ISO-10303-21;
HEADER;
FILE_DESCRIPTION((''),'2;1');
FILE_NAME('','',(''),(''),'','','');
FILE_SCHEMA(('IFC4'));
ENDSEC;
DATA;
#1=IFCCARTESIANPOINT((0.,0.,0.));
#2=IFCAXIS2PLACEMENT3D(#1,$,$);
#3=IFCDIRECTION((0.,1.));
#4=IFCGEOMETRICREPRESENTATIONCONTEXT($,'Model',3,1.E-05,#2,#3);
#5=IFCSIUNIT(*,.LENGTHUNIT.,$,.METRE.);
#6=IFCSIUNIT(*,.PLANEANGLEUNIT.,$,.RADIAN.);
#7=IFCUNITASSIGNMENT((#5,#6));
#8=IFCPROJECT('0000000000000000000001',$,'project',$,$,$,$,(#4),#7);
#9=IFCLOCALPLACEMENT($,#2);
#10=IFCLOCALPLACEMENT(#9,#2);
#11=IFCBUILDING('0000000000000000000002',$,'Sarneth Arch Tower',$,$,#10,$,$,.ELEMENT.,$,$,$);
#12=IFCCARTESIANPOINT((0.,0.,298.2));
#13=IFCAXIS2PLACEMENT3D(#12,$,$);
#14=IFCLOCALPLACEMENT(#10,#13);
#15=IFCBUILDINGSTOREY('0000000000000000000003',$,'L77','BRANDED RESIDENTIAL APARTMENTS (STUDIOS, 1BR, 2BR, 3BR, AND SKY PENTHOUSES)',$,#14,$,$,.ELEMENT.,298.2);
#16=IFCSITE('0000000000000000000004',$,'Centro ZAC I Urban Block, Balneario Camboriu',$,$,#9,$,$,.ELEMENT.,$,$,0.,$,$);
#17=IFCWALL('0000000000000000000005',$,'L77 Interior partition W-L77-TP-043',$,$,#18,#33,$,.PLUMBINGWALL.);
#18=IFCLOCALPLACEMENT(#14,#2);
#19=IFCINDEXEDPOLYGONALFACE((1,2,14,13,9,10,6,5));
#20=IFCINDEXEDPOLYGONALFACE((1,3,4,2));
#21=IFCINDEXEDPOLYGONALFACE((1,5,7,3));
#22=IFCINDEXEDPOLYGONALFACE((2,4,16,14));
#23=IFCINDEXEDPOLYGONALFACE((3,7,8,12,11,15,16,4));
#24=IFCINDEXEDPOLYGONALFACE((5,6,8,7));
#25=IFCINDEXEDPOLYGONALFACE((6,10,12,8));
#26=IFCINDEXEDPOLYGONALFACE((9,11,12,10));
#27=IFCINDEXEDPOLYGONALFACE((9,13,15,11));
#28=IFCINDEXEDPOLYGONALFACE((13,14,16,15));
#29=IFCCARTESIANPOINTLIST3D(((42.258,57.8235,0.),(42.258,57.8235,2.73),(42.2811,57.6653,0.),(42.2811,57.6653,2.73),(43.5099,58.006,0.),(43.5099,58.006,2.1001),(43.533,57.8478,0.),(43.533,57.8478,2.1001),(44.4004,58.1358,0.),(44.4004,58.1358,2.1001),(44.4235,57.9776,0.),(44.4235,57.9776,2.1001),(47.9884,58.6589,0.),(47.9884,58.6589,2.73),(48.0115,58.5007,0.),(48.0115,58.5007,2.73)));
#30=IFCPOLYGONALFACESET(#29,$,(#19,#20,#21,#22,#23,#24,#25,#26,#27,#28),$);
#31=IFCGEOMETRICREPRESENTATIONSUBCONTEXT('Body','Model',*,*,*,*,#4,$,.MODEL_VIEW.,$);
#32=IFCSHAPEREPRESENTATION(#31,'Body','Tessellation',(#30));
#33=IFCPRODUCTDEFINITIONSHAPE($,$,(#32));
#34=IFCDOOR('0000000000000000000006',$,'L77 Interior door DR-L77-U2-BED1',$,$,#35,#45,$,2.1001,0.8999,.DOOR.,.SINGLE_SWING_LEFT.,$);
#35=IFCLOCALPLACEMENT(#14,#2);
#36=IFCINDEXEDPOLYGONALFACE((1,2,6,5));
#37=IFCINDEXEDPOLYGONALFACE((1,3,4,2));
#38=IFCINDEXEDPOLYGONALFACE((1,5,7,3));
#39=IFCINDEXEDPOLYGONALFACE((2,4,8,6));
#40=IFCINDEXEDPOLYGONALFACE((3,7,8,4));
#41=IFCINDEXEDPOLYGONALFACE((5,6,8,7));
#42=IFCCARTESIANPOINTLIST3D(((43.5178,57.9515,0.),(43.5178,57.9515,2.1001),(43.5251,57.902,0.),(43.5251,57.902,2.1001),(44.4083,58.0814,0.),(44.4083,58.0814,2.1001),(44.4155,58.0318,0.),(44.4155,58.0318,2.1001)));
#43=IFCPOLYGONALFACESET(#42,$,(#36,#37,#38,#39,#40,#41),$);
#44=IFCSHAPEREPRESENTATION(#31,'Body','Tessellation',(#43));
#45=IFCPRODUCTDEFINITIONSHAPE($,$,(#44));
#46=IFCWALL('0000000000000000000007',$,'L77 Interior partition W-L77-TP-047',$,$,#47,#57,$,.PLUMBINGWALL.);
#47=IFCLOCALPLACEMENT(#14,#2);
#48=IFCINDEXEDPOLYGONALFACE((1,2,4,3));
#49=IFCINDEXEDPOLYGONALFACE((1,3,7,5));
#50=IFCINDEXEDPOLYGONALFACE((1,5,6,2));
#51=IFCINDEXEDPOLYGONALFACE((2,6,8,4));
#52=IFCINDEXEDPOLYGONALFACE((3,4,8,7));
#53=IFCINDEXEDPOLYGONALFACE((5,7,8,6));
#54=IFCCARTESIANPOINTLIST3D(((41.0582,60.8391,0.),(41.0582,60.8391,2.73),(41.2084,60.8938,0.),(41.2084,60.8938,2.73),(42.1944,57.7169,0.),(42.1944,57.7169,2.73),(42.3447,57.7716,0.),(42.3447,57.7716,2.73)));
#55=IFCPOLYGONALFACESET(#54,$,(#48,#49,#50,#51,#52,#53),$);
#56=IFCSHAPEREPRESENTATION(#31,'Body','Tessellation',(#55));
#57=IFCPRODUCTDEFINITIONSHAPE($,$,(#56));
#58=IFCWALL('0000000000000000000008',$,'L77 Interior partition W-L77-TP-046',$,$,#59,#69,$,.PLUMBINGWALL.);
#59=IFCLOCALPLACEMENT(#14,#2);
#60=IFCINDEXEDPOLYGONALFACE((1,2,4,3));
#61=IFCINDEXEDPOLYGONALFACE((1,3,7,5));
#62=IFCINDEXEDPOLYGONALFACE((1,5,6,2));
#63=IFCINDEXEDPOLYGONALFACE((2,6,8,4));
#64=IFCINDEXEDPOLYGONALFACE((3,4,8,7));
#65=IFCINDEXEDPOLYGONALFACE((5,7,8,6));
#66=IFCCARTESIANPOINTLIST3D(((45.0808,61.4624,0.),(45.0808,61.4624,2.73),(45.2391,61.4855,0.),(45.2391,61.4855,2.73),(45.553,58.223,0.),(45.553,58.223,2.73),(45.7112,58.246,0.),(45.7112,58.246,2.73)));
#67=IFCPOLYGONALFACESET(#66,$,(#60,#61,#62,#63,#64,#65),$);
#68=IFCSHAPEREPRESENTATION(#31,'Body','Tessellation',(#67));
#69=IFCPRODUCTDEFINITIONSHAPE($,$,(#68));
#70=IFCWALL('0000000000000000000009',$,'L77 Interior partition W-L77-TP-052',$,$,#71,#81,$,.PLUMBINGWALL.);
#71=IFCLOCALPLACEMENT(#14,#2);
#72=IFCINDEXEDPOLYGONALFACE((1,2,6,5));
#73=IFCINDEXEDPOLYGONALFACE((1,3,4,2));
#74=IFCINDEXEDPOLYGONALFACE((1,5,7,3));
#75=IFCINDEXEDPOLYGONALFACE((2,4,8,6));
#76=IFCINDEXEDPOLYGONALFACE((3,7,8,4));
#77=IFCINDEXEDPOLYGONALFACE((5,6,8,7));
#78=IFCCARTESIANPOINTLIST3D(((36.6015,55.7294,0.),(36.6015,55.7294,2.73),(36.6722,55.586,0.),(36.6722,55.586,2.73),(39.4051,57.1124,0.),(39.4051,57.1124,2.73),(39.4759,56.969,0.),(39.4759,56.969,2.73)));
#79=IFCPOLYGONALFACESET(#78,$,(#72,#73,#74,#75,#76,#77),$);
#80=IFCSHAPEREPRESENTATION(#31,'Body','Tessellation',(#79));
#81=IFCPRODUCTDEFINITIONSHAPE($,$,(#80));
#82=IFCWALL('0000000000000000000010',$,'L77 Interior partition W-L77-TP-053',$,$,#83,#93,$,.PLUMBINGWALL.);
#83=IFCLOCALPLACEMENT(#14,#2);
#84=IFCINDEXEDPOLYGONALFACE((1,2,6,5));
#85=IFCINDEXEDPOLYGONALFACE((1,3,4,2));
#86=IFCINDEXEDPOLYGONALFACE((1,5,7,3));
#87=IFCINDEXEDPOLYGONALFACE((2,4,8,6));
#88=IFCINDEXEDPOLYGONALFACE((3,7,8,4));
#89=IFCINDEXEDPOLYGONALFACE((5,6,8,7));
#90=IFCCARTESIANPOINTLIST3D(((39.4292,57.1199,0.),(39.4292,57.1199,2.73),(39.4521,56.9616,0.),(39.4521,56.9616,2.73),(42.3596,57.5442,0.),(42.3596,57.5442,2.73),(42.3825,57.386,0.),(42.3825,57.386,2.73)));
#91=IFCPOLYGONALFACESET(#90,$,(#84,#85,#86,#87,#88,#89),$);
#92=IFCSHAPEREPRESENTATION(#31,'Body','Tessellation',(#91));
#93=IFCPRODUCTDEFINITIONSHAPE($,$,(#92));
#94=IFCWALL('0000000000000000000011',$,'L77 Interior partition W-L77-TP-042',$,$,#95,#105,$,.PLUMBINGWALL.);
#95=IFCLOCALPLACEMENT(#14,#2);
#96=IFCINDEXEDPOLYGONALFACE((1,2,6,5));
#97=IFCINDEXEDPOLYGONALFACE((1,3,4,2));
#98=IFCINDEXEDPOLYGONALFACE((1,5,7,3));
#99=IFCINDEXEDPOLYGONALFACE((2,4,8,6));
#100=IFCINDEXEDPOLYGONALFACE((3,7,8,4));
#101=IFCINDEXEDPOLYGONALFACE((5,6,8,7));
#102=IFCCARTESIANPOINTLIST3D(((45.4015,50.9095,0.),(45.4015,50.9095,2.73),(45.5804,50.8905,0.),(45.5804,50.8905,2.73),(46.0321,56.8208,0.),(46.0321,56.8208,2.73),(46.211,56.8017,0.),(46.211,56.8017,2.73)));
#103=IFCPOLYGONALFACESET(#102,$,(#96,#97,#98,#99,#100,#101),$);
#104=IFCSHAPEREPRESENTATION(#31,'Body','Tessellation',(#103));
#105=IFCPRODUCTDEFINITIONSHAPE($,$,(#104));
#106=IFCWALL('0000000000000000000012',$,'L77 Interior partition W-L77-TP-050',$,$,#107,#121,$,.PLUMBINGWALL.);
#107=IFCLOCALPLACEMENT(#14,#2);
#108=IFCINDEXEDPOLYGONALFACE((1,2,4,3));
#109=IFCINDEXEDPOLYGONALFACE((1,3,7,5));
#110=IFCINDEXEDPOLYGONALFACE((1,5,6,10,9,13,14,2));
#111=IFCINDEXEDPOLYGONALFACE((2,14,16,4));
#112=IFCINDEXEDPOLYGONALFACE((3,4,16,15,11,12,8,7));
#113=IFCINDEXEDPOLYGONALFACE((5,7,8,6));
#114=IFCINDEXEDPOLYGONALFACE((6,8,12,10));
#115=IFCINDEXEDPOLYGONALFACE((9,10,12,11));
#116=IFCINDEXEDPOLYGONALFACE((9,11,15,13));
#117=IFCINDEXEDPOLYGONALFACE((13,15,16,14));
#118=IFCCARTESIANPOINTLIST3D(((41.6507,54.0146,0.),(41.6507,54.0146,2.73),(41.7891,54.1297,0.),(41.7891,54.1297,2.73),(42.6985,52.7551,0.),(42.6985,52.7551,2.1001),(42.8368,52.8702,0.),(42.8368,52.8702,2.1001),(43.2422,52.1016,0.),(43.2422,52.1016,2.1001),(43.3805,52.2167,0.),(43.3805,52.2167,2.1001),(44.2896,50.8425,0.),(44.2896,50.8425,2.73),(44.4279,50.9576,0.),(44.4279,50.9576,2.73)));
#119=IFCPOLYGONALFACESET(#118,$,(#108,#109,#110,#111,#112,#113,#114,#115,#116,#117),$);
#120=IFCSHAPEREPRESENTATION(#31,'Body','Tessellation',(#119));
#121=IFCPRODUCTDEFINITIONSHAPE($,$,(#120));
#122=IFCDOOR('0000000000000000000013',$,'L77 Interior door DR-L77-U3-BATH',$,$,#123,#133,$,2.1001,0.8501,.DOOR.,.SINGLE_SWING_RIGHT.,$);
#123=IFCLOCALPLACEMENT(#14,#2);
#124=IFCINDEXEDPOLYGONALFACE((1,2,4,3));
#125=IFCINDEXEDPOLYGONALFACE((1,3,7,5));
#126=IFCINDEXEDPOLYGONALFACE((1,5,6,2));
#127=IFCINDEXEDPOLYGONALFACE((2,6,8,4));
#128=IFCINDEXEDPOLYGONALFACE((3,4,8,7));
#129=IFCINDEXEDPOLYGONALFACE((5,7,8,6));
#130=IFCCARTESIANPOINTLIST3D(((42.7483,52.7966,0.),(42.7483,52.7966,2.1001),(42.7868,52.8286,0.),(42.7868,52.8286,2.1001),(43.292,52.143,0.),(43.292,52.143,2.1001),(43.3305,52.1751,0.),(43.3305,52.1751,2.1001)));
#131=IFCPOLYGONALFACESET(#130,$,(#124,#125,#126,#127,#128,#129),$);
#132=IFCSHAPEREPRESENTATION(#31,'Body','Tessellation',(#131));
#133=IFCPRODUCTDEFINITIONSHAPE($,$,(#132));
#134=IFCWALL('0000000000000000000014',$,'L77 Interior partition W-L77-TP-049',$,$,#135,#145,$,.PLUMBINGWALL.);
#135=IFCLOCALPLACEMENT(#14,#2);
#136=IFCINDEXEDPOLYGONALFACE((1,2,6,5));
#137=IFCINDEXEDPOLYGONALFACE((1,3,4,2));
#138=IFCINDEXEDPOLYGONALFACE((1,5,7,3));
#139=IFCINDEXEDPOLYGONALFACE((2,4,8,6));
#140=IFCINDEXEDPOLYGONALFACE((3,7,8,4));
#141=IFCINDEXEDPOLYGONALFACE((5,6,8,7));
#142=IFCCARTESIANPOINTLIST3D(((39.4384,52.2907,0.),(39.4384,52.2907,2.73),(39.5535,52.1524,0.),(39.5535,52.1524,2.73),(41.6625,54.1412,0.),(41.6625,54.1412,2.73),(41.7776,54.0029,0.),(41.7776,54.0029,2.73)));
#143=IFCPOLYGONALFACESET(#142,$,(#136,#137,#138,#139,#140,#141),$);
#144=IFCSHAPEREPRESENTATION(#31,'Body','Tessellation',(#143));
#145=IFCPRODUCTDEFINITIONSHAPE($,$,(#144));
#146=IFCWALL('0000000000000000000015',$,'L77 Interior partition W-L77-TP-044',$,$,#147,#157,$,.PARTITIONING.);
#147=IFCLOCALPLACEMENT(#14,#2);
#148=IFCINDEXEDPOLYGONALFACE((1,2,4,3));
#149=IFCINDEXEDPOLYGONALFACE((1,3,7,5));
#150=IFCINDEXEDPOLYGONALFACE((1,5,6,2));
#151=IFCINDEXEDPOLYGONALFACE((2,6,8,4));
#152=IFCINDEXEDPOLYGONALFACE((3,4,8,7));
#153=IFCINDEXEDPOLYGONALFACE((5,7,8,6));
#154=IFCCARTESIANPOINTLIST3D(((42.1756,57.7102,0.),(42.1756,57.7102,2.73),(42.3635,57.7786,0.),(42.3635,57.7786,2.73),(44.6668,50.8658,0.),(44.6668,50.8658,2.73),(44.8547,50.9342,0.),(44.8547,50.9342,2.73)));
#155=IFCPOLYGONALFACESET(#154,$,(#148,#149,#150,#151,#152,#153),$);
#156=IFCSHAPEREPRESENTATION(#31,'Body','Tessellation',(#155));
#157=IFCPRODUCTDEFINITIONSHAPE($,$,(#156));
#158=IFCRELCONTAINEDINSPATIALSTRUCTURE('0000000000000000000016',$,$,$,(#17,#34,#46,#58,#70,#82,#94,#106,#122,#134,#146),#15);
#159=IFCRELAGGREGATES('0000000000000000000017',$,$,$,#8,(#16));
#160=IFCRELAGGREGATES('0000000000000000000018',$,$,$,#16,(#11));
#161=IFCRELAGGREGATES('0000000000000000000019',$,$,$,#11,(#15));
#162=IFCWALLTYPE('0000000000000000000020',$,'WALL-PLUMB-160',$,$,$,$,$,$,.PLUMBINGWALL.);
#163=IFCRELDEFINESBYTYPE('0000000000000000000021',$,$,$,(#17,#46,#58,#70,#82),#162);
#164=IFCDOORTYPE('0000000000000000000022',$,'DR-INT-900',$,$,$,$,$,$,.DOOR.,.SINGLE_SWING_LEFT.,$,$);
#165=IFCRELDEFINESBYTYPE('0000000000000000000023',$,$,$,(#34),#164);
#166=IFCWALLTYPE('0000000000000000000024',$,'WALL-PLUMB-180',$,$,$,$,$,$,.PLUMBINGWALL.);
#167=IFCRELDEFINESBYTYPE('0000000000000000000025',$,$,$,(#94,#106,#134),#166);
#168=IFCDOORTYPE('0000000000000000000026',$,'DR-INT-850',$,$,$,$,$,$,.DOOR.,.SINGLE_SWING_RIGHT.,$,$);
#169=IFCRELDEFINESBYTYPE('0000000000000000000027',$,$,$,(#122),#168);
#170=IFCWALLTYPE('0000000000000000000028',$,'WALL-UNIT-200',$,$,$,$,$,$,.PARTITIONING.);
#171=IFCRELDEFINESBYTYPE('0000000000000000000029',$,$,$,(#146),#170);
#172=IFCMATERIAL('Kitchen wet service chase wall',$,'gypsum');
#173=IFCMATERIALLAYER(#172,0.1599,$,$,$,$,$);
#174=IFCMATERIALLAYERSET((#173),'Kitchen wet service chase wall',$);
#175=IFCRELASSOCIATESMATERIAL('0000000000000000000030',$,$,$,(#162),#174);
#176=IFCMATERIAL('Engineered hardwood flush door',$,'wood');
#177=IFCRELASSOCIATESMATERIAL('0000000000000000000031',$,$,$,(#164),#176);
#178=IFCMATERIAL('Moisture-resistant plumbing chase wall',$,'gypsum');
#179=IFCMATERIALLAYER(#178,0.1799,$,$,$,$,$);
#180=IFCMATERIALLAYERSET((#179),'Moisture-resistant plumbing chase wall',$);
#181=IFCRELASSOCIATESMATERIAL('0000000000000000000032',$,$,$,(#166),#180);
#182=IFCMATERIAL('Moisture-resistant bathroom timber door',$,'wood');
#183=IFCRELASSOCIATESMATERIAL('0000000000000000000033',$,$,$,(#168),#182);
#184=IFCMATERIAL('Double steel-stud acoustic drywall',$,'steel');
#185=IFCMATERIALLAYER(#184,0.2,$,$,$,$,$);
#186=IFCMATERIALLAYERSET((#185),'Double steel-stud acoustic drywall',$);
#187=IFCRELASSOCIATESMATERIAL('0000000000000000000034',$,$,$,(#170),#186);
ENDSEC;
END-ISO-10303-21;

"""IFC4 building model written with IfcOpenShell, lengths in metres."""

from ifc_helpers import new_model, si_unit, direction, frame, frame_2d, origin, place, context, subcontext, project, spatial, rectangle, extrude, material, layer, layer_set, type_object, element, fill, save


model = new_model("IFC4")

# Units and contexts
model_context = context("Model", 3, precision=1e-05, world=origin(), true_north=direction((0.0, 1.0)))
body_context = subcontext(model_context, "Body", "Model", "MODEL_VIEW")
ifc_project = project(units=[si_unit("LENGTHUNIT", "METRE"), si_unit("PLANEANGLEUNIT", "RADIAN")], contexts=[model_context])

# Site, building, storey
site_placement = place(None, origin())
site = spatial("IfcSite", under=ifc_project, at=site_placement, Name="Centro ZAC I Urban Block, Balneario Camboriu", CompositionType="ELEMENT", RefElevation=0.0)
building_placement = place(site_placement, origin())
building = spatial("IfcBuilding", under=site, at=building_placement, Name="Sarneth Arch Tower", CompositionType="ELEMENT")
storey_placement = place(building_placement, frame((0.0, 0.0, 298.2)))
storey = spatial("IfcBuildingStorey", under=building, at=storey_placement, Name="L77", Description="BRANDED RESIDENTIAL APARTMENTS (STUDIOS, 1BR, 2BR, 3BR, AND SKY PENTHOUSES)", CompositionType="ELEMENT", Elevation=298.2)

# Wall, opening, door
ifc_material_1 = material(Name="Kitchen wet service chase wall", Category="gypsum")
ifc_layer_1 = layer(ifc_material_1, 0.1599)
ifc_layer_set_1 = layer_set([ifc_layer_1], Name="Kitchen wet service chase wall")
wall_type_1 = type_object("IfcWallType", Name="WALL-PLUMB-160", PredefinedType="PLUMBINGWALL", material=ifc_layer_set_1)
wall_1_placement = place(storey_placement, frame((42.2695, 57.7444, 0.0), z_axis=(0.0, 0.0, 1.0), x_axis=(0.989539, 0.144266, 0.0)))
wall_1 = element("IfcWall", 1, at=wall_1_placement, inside=storey, type_object=wall_type_1, Name="L77 Interior partition W-L77-TP-043", PredefinedType="PLUMBINGWALL", context=body_context, shape_type="SweptSolid", body=[
    extrude(rectangle(XDim=5.791, YDim=0.1599, at=frame_2d((2.8955, 0.0))), origin(), (0.0, 0.0, 1.0), 2.73),
])
opening_1_placement = place(wall_1_placement, frame((1.2651, 0.0, 0.0)))
opening_1 = element("IfcOpeningElement", 2, at=opening_1_placement, cuts=wall_1, PredefinedType="OPENING", context=body_context, shape_type="SweptSolid", body=[
    extrude(rectangle(XDim=0.8999, YDim=2.1001, at=frame_2d((0.45, 1.05))), frame((0.0, 0.0898, 0.0), z_axis=(0.0, -1.0, 0.0), x_axis=(1.0, 0.0, 0.0)), (0.0, 0.0, 1.0), 0.1799),
])
ifc_material_2 = material(Name="Engineered hardwood flush door", Category="wood")
door_type_1 = type_object("IfcDoorType", Name="DR-INT-900", OperationType="SINGLE_SWING_LEFT", PredefinedType="DOOR", material=ifc_material_2)
door_1_placement = place(opening_1_placement, origin())
door_1 = element("IfcDoor", 3, at=door_1_placement, inside=storey, type_object=door_type_1, Name="L77 Interior door DR-L77-U2-BED1", OperationType="SINGLE_SWING_LEFT", OverallHeight=2.1001, OverallWidth=0.8999, PredefinedType="DOOR", context=body_context, shape_type="SweptSolid", body=[
    extrude(rectangle(XDim=0.8999, YDim=2.1001, at=frame_2d((0.45, 1.05))), frame((0.0, 0.0249, 0.0), z_axis=(0.0, -1.0, 0.0), x_axis=(1.0, 0.0, 0.0)), (0.0, 0.0, 1.0), 0.05),
])
fill(opening_1, door_1)

# Walls
wall_2_placement = place(storey_placement, frame((42.2695, 57.7444, 0.0), z_axis=(0.0, 0.0, 1.0), x_axis=(-0.341991, 0.939703, 0.0)))
element("IfcWall", 4, at=wall_2_placement, inside=storey, type_object=wall_type_1, Name="L77 Interior partition W-L77-TP-047", PredefinedType="PLUMBINGWALL", context=body_context, shape_type="SweptSolid", body=[
    extrude(rectangle(XDim=3.3225, YDim=0.1599, at=frame_2d((1.6611, 0.0))), origin(), (0.0, 0.0, 1.0), 2.73),
])
wall_3_placement = place(storey_placement, frame((45.6321, 58.2346, 0.0), z_axis=(0.0, 0.0, 1.0), x_axis=(-0.144229, 0.989544, 0.0)))
element("IfcWall", 5, at=wall_3_placement, inside=storey, type_object=wall_type_1, Name="L77 Interior partition W-L77-TP-046", PredefinedType="PLUMBINGWALL", context=body_context, shape_type="SweptSolid", body=[
    extrude(rectangle(XDim=3.2737, YDim=0.1599, at=frame_2d((1.6367, 0.0))), origin(), (0.0, 0.0, 1.0), 2.73),
])
wall_4_placement = place(storey_placement, frame((36.637, 55.6577, 0.0), z_axis=(0.0, 0.0, 1.0), x_axis=(0.89682, 0.442397, 0.0)))
element("IfcWall", 6, at=wall_4_placement, inside=storey, type_object=wall_type_1, Name="L77 Interior partition W-L77-TP-052", PredefinedType="PLUMBINGWALL", context=body_context, shape_type="SweptSolid", body=[
    extrude(rectangle(XDim=3.1262, YDim=0.1599, at=frame_2d((1.563, 0.0))), origin(), (0.0, 0.0, 1.0), 2.73),
])
wall_5_placement = place(storey_placement, frame((39.4407, 57.0408, 0.0), z_axis=(0.0, 0.0, 1.0), x_axis=(0.989679, 0.143303, 0.0)))
element("IfcWall", 7, at=wall_5_placement, inside=storey, type_object=wall_type_1, Name="L77 Interior partition W-L77-TP-053", PredefinedType="PLUMBINGWALL", context=body_context, shape_type="SweptSolid", body=[
    extrude(rectangle(XDim=2.9609, YDim=0.1599, at=frame_2d((1.4805, 0.0))), origin(), (0.0, 0.0, 1.0), 2.73),
])
ifc_material_3 = material(Name="Moisture-resistant plumbing chase wall", Category="gypsum")
ifc_layer_2 = layer(ifc_material_3, 0.1799)
ifc_layer_set_2 = layer_set([ifc_layer_2], Name="Moisture-resistant plumbing chase wall")
wall_type_2 = type_object("IfcWallType", Name="WALL-PLUMB-180", PredefinedType="PLUMBINGWALL", material=ifc_layer_set_2)
wall_6_placement = place(storey_placement, frame((46.1216, 56.8113, 0.0), z_axis=(0.0, 0.0, 1.0), x_axis=(-0.106076, -0.994358, 0.0)))
element("IfcWall", 8, at=wall_6_placement, inside=storey, type_object=wall_type_2, Name="L77 Interior partition W-L77-TP-042", PredefinedType="PLUMBINGWALL", context=body_context, shape_type="SweptSolid", body=[
    extrude(rectangle(XDim=5.9448, YDim=0.1799, at=frame_2d((2.9724, 0.0))), origin(), (0.0, 0.0, 1.0), 2.73),
])

# Wall, opening, door
wall_7_placement = place(storey_placement, frame((41.72, 54.072, 0.0), z_axis=(0.0, 0.0, 1.0), x_axis=(0.639538, -0.768759, 0.0)))
wall_7 = element("IfcWall", 9, at=wall_7_placement, inside=storey, type_object=wall_type_2, Name="L77 Interior partition W-L77-TP-050", PredefinedType="PLUMBINGWALL", context=body_context, shape_type="SweptSolid", body=[
    extrude(rectangle(XDim=4.1262, YDim=0.1799, at=frame_2d((2.063, 0.0))), origin(), (0.0, 0.0, 1.0), 2.73),
])
opening_2_placement = place(wall_7_placement, frame((1.6382, 0.0, 0.0)))
opening_2 = element("IfcOpeningElement", 10, at=opening_2_placement, cuts=wall_7, PredefinedType="OPENING", context=body_context, shape_type="SweptSolid", body=[
    extrude(rectangle(XDim=0.8501, YDim=2.1001, at=frame_2d((0.425, 1.05))), frame((0.0, 0.0999, 0.0), z_axis=(0.0, -1.0, 0.0), x_axis=(1.0, 0.0, 0.0)), (0.0, 0.0, 1.0), 0.2),
])
ifc_material_4 = material(Name="Moisture-resistant bathroom timber door", Category="wood")
door_type_2 = type_object("IfcDoorType", Name="DR-INT-850", OperationType="SINGLE_SWING_RIGHT", PredefinedType="DOOR", material=ifc_material_4)
door_2_placement = place(opening_2_placement, origin())
door_2 = element("IfcDoor", 11, at=door_2_placement, inside=storey, type_object=door_type_2, Name="L77 Interior door DR-L77-U3-BATH", OperationType="SINGLE_SWING_RIGHT", OverallHeight=2.1001, OverallWidth=0.8501, PredefinedType="DOOR", context=body_context, shape_type="SweptSolid", body=[
    extrude(rectangle(XDim=0.8501, YDim=2.1001, at=frame_2d((0.425, 1.05))), frame((0.0, 0.0249, 0.0), z_axis=(0.0, -1.0, 0.0), x_axis=(1.0, 0.0, 0.0)), (0.0, 0.0, 1.0), 0.05),
])
fill(opening_2, door_2)

# Walls
wall_8_placement = place(storey_placement, frame((39.4958, 52.2214, 0.0), z_axis=(0.0, 0.0, 1.0), x_axis=(0.768705, 0.639603, 0.0)))
element("IfcWall", 12, at=wall_8_placement, inside=storey, type_object=wall_type_2, Name="L77 Interior partition W-L77-TP-049", PredefinedType="PLUMBINGWALL", context=body_context, shape_type="SweptSolid", body=[
    extrude(rectangle(XDim=2.8933, YDim=0.1799, at=frame_2d((1.4468, 0.0))), origin(), (0.0, 0.0, 1.0), 2.73),
])
ifc_material_5 = material(Name="Double steel-stud acoustic drywall", Category="steel")
ifc_layer_3 = layer(ifc_material_5, 0.2)
ifc_layer_set_3 = layer_set([ifc_layer_3], Name="Double steel-stud acoustic drywall")
wall_type_3 = type_object("IfcWallType", Name="WALL-UNIT-200", PredefinedType="PARTITIONING", material=ifc_layer_set_3)
wall_9_placement = place(storey_placement, frame((42.2695, 57.7444, 0.0), z_axis=(0.0, 0.0, 1.0), x_axis=(0.342023, -0.939692, 0.0)))
element("IfcWall", 13, at=wall_9_placement, inside=storey, type_object=wall_type_3, Name="L77 Interior partition W-L77-TP-044", PredefinedType="PARTITIONING", context=body_context, shape_type="SweptSolid", body=[
    extrude(rectangle(XDim=7.2837, YDim=0.2, at=frame_2d((3.6418, 0.0))), origin(), (0.0, 0.0, 1.0), 2.73),
])

save(model, "model.ifc")
